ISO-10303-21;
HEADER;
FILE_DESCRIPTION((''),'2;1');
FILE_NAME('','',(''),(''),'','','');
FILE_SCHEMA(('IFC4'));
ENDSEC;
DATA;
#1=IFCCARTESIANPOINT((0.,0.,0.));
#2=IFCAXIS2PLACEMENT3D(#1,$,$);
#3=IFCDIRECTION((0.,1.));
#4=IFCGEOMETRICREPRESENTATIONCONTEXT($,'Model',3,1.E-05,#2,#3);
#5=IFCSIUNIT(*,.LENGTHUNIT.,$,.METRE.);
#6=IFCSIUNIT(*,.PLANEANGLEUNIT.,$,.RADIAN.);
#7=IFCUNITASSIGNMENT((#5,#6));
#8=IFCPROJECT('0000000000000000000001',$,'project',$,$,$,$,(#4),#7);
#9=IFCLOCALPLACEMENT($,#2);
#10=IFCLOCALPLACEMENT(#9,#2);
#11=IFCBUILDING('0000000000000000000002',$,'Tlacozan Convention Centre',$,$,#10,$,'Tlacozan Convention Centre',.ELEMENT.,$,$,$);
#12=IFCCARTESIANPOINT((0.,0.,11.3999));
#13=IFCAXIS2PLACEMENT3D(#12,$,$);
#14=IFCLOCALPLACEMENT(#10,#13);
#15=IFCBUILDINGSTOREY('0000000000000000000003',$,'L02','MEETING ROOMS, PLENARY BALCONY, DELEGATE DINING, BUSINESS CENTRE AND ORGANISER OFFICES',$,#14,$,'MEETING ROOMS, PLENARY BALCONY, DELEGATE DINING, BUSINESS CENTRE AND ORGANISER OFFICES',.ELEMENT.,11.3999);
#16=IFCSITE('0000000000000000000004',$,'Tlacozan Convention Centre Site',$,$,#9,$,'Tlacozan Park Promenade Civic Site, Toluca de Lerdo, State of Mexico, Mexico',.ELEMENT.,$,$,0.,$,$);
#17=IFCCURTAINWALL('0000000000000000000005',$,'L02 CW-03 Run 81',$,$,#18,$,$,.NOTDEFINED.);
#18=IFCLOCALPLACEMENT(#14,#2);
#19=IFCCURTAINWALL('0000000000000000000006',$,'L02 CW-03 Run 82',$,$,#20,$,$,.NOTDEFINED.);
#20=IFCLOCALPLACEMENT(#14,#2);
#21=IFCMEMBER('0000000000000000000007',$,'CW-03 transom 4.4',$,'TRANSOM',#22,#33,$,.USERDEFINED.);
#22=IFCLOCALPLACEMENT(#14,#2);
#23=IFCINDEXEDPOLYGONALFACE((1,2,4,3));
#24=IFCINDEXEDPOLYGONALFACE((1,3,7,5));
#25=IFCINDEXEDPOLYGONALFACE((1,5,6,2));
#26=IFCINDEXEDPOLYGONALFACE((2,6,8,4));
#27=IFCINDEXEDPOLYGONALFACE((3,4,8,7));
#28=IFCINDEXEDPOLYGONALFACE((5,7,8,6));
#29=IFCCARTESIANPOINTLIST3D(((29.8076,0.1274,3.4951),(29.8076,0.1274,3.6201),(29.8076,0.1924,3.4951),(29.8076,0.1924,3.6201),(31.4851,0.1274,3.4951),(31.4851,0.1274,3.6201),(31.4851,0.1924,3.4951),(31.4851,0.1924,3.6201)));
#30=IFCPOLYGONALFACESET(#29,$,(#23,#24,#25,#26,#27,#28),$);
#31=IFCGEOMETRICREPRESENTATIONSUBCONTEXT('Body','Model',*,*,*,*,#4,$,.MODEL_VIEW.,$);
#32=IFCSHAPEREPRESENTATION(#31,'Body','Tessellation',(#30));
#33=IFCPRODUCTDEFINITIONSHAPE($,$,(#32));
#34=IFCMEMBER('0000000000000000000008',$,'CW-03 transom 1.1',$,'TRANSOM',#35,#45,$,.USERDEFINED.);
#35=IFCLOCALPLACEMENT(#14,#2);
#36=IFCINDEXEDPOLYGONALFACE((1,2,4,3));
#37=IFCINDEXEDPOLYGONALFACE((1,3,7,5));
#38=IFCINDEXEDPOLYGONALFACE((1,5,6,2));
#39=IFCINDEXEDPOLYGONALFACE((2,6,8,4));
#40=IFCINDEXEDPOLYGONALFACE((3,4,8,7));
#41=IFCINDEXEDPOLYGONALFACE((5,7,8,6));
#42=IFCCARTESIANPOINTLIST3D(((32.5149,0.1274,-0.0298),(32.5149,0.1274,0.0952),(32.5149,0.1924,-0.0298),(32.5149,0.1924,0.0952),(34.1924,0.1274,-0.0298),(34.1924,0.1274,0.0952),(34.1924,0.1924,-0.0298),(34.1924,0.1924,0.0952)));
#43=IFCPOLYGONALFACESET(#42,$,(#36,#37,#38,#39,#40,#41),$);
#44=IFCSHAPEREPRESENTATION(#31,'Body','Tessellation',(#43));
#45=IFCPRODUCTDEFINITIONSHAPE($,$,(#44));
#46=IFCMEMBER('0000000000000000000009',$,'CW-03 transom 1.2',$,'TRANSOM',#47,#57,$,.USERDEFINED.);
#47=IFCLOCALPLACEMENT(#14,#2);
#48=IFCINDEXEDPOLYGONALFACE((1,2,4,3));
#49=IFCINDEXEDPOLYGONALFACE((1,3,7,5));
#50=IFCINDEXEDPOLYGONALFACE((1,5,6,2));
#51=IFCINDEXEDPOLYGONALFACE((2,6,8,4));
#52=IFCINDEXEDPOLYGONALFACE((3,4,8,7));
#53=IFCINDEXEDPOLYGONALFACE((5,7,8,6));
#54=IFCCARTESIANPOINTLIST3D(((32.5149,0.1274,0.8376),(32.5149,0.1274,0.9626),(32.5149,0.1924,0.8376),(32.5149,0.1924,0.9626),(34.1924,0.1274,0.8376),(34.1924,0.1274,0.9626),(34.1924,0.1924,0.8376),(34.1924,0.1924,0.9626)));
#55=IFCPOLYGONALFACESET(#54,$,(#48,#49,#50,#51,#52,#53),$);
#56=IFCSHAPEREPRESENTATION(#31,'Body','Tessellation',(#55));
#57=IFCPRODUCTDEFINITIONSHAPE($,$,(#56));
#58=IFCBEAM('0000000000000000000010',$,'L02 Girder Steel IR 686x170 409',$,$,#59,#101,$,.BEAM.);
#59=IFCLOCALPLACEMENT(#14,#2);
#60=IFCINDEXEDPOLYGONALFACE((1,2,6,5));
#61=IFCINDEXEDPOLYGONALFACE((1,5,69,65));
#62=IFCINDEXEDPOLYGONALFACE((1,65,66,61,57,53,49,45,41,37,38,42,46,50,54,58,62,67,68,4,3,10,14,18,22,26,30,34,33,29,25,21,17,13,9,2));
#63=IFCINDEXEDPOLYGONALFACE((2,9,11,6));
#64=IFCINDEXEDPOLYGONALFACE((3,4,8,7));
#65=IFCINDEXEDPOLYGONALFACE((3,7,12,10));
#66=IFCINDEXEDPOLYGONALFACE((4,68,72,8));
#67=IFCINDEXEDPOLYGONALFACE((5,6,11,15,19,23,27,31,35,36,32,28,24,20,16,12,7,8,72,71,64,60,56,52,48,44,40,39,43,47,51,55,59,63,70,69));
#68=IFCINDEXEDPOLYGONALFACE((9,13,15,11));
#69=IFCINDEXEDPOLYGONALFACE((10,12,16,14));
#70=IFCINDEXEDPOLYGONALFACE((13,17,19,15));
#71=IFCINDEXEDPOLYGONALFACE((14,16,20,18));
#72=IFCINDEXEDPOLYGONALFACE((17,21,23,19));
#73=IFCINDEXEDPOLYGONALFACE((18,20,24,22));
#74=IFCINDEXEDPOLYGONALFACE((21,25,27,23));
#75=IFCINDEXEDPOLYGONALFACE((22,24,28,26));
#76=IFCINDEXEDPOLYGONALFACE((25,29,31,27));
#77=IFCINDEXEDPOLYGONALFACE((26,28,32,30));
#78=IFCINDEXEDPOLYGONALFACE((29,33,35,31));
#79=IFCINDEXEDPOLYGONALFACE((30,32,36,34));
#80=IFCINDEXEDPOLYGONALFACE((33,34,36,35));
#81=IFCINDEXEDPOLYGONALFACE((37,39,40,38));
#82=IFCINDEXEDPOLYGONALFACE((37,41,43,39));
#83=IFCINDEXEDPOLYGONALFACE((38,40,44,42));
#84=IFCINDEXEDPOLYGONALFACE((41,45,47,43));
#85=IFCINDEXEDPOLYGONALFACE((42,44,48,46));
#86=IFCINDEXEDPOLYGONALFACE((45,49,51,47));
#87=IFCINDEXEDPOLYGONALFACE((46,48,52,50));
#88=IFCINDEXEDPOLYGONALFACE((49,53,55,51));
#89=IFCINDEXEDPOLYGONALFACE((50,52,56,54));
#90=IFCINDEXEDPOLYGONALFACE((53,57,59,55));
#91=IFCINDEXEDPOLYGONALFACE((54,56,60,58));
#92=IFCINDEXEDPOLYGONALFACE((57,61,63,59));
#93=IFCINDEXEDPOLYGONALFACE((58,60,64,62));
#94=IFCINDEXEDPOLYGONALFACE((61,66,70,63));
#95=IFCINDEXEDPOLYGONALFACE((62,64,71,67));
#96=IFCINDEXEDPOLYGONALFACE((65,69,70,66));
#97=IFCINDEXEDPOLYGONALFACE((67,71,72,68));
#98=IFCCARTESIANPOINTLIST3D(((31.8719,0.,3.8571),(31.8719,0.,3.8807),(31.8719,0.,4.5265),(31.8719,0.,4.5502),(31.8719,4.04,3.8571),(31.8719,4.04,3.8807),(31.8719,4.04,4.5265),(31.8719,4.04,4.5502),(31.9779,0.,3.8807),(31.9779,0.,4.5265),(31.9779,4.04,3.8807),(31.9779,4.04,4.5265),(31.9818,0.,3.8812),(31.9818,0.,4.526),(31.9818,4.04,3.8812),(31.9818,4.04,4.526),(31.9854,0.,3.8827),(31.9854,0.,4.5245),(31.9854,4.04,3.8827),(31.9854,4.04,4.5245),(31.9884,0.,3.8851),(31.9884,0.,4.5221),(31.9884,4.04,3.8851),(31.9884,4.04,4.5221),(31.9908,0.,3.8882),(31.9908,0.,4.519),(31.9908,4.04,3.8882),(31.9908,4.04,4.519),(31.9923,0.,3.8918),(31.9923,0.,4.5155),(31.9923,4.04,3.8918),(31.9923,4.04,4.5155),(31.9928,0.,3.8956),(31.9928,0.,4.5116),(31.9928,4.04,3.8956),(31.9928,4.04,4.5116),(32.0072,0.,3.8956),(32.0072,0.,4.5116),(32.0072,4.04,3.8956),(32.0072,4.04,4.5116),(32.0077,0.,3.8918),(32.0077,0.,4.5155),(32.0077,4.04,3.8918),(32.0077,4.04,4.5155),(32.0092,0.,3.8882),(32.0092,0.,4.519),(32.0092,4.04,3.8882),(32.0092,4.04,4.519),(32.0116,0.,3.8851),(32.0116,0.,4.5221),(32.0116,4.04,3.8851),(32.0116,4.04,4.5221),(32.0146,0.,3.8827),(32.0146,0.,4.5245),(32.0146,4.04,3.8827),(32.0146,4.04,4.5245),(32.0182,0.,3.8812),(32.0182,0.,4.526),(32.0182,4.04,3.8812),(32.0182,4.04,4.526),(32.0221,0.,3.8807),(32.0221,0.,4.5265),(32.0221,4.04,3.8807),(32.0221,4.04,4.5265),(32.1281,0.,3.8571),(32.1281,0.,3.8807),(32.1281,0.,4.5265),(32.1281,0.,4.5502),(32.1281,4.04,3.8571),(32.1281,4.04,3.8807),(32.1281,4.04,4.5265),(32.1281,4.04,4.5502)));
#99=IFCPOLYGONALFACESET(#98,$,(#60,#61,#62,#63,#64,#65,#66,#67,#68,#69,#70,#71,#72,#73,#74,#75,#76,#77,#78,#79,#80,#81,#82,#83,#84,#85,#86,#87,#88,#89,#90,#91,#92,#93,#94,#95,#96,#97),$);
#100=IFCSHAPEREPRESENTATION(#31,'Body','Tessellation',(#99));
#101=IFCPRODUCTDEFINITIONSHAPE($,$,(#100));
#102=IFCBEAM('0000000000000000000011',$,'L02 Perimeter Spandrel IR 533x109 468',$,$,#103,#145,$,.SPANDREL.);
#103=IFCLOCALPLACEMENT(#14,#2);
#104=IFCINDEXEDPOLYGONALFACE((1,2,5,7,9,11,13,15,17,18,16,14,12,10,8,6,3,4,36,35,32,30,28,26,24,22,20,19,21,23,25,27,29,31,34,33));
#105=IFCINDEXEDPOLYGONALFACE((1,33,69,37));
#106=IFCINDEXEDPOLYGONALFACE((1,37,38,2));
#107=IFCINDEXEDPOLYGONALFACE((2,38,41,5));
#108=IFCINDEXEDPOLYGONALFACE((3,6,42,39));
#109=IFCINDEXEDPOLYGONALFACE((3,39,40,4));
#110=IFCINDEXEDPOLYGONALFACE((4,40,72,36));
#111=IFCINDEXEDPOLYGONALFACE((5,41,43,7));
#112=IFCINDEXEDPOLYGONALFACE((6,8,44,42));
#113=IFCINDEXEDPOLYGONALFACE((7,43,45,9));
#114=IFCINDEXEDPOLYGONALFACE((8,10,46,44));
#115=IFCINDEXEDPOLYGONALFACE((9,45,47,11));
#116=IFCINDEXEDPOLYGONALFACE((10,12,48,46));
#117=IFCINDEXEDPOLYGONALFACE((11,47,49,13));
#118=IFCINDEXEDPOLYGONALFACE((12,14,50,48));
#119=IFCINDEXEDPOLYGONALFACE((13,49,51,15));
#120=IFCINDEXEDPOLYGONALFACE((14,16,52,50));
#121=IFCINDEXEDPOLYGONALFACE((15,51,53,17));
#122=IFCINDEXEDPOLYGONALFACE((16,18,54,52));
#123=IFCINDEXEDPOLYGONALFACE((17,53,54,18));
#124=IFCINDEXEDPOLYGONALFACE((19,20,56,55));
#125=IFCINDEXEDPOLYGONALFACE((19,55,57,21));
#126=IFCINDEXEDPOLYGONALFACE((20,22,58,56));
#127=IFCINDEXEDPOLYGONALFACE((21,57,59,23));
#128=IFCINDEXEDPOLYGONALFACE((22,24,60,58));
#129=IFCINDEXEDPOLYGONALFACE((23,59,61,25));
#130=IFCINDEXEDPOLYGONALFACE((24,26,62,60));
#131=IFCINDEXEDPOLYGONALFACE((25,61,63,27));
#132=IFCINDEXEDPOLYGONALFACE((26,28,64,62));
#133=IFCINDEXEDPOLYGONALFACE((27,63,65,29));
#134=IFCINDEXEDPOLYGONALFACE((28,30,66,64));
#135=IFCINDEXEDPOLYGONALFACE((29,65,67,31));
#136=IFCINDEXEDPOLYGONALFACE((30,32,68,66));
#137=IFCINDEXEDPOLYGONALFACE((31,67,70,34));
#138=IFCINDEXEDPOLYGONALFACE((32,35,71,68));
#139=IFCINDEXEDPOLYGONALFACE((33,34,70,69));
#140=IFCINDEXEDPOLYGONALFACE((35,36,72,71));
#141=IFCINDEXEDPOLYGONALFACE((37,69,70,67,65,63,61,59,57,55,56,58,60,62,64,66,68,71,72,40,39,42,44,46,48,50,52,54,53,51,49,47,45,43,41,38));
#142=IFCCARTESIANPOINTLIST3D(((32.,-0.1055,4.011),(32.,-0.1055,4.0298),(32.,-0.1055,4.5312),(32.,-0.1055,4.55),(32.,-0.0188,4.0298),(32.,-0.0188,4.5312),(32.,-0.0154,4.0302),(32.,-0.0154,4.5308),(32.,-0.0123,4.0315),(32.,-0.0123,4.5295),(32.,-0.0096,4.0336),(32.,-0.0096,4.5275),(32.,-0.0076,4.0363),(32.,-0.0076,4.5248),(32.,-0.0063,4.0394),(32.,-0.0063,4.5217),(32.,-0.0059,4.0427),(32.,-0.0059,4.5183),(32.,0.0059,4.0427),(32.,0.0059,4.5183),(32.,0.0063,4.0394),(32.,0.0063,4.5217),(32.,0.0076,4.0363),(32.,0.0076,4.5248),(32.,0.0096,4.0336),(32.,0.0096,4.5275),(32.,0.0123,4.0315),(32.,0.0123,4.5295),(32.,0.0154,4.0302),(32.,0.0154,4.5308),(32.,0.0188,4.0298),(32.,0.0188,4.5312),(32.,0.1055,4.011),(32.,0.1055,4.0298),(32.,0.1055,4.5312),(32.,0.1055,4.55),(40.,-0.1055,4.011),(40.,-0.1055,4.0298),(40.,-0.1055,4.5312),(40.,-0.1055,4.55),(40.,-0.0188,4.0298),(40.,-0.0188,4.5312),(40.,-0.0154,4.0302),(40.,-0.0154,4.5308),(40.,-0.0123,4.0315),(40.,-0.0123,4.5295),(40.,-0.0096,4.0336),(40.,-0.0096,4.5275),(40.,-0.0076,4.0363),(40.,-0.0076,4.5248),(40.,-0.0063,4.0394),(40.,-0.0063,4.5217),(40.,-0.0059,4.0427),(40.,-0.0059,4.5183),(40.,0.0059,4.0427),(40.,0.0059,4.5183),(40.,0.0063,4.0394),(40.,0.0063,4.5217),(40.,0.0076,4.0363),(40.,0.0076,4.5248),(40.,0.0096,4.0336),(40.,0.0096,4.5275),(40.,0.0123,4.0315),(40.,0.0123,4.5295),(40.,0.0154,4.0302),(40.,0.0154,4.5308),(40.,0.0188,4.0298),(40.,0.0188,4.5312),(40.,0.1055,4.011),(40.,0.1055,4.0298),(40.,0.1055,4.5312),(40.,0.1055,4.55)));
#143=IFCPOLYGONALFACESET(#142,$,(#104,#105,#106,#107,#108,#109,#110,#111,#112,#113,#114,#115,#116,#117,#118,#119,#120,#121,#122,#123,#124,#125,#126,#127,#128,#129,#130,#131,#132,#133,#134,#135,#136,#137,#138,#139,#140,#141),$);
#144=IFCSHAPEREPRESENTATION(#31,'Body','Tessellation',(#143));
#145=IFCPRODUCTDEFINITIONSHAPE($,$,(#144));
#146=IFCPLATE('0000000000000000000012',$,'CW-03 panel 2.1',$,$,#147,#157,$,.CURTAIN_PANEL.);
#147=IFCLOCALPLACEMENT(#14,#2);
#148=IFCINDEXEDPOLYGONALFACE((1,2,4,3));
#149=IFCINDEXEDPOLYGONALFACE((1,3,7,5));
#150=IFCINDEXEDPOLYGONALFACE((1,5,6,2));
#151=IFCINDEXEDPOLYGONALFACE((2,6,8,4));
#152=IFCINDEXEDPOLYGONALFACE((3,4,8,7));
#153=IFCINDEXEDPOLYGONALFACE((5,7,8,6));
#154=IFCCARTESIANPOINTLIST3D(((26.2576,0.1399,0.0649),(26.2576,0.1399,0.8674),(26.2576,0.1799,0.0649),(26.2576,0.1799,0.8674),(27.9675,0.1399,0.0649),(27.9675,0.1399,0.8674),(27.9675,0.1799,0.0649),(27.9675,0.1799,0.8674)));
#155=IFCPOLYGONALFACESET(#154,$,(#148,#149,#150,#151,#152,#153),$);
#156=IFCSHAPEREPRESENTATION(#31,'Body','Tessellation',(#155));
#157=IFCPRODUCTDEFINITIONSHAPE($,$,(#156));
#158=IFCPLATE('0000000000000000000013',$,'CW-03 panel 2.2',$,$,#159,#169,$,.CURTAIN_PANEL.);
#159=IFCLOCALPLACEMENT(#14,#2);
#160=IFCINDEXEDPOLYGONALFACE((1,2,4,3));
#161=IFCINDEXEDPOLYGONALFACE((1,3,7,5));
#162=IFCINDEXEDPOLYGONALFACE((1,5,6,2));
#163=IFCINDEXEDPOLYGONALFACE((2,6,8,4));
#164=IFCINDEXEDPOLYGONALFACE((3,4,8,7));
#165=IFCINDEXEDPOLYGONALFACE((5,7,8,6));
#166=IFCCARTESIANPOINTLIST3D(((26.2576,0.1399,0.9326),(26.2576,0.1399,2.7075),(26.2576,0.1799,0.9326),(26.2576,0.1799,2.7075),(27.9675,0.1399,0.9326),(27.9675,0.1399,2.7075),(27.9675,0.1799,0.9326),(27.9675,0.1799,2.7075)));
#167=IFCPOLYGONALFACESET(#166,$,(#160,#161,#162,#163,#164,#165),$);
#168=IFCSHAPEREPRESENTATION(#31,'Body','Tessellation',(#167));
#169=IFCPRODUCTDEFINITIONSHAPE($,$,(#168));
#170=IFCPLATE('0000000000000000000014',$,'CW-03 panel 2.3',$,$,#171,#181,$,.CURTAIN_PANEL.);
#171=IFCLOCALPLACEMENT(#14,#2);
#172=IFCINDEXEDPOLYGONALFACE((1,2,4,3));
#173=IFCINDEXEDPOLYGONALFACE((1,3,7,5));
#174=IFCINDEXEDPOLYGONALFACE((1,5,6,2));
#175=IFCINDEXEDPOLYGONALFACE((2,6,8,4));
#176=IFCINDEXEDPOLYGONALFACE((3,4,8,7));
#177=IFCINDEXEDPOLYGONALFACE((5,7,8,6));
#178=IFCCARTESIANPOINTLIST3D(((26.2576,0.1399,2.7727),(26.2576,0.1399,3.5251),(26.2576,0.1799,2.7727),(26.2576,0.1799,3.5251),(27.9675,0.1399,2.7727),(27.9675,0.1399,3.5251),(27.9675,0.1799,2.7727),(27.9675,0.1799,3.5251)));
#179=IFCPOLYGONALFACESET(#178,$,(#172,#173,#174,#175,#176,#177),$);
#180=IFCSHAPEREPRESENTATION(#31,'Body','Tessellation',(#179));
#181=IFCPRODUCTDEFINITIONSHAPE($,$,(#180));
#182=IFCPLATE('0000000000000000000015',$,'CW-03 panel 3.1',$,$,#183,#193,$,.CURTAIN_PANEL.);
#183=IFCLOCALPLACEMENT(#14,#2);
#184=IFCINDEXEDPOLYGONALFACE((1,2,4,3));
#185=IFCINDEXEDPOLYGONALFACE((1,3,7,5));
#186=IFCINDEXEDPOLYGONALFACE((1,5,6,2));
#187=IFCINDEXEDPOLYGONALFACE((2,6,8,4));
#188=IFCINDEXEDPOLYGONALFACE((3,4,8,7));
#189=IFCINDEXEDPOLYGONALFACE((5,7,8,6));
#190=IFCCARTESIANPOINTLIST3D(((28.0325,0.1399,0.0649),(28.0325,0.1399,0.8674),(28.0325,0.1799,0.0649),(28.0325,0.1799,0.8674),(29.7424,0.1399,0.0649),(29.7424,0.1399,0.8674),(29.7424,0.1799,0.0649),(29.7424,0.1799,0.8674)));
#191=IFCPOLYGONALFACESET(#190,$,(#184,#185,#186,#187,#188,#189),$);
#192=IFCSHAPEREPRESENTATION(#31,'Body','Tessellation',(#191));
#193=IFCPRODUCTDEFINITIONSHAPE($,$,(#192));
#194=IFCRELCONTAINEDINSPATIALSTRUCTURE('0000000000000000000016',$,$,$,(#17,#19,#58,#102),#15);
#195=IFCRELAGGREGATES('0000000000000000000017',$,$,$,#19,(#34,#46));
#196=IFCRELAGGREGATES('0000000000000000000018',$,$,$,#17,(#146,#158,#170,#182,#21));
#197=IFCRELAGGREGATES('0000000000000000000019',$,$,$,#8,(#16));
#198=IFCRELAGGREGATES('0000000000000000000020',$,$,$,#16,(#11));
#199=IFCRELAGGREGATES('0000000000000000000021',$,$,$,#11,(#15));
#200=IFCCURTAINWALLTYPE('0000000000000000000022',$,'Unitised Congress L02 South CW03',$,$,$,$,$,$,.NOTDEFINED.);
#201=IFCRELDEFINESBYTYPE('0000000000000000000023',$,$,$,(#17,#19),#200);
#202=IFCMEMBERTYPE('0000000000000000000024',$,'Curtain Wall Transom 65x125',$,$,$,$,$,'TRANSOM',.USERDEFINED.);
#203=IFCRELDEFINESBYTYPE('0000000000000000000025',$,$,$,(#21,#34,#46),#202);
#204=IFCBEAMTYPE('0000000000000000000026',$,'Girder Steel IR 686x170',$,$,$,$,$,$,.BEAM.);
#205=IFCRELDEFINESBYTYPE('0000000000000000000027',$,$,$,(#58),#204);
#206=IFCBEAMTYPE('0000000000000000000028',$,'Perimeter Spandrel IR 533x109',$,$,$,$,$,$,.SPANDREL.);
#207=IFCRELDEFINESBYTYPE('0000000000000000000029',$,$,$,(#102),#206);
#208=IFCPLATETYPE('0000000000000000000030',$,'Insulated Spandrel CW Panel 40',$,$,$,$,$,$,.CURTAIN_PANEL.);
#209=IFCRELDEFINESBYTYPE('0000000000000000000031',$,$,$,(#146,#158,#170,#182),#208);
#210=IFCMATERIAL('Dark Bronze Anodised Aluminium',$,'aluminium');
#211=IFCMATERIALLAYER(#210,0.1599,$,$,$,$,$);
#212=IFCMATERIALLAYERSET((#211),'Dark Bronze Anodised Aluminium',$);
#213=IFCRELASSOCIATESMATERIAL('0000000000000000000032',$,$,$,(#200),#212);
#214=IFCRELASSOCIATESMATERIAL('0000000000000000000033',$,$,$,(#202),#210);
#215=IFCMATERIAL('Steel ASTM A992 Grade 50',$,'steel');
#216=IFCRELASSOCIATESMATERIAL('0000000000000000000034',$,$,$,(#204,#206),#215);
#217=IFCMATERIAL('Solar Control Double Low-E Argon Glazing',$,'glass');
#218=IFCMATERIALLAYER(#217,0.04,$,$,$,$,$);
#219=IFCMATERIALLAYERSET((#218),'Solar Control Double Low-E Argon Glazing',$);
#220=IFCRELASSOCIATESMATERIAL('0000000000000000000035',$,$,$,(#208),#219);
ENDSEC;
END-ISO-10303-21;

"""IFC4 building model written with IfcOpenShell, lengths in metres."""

from ifc_helpers import new_model, si_unit, direction, frame, origin, origin_2d, place, context, subcontext, project, spatial, rectangle, i_section, extrude, material, layer, layer_set, material_profile, profile_set, type_object, element, aggregate, save


model = new_model("IFC4")

# Units and contexts
model_context = context("Model", 3, precision=1e-05, world=origin(), true_north=direction((0.0, 1.0)))
body_context = subcontext(model_context, "Body", "Model", "MODEL_VIEW")
ifc_project = project(units=[si_unit("LENGTHUNIT", "METRE"), si_unit("PLANEANGLEUNIT", "RADIAN")], contexts=[model_context])

# Site, building, storey
site_placement = place(None, origin())
site = spatial("IfcSite", under=ifc_project, at=site_placement, Name="Tlacozan Convention Centre Site", LongName="Tlacozan Park Promenade Civic Site, Toluca de Lerdo, State of Mexico, Mexico", CompositionType="ELEMENT", RefElevation=0.0)
building_placement = place(site_placement, origin())
building = spatial("IfcBuilding", under=site, at=building_placement, Name="Tlacozan Convention Centre", LongName="Tlacozan Convention Centre", CompositionType="ELEMENT")
storey_placement = place(building_placement, frame((0.0, 0.0, 11.3999)))
storey = spatial("IfcBuildingStorey", under=building, at=storey_placement, Name="L02", Description="MEETING ROOMS, PLENARY BALCONY, DELEGATE DINING, BUSINESS CENTRE AND ORGANISER OFFICES", LongName="MEETING ROOMS, PLENARY BALCONY, DELEGATE DINING, BUSINESS CENTRE AND ORGANISER OFFICES", CompositionType="ELEMENT", Elevation=11.3999)

# Curtain wall
ifc_material_1 = material(Name="Dark Bronze Anodised Aluminium", Category="aluminium")
ifc_layer_1 = layer(ifc_material_1, 0.1599)
ifc_layer_set_1 = layer_set([ifc_layer_1], Name="Dark Bronze Anodised Aluminium")
curtain_wall_type = type_object("IfcCurtainWallType", Name="Unitised Congress L02 South CW03", PredefinedType="NOTDEFINED", material=ifc_layer_set_1)
curtain_wall_1_placement = place(storey_placement, origin())
curtain_wall_1 = element("IfcCurtainWall", 1, at=curtain_wall_1_placement, inside=storey, type_object=curtain_wall_type, Name="L02 CW-03 Run 81", PredefinedType="NOTDEFINED")

# Curtain wall
curtain_wall_2_placement = place(storey_placement, origin())
curtain_wall_2 = element("IfcCurtainWall", 2, at=curtain_wall_2_placement, inside=storey, type_object=curtain_wall_type, Name="L02 CW-03 Run 82", PredefinedType="NOTDEFINED")

# Members
ifc_material_profile_1 = material_profile(ifc_material_1, rectangle(XDim=0.0649, YDim=0.125, at=origin_2d()), Name="ALU 65x125")
ifc_profile_set_1 = profile_set([ifc_material_profile_1], Name="Dark Bronze Anodised Aluminium")
member_type_1 = type_object("IfcMemberType", Name="Curtain Wall Transom 65x125", ElementType="TRANSOM", PredefinedType="USERDEFINED", material=ifc_profile_set_1)
member_1_placement = place(storey_placement, frame((29.8076, 0.1599, 3.5576), z_axis=(1.0, 0.0, 0.0), x_axis=(0.0, 1.0, 0.0)))
member_1 = element("IfcMember", 3, at=member_1_placement, type_object=member_type_1, Name="CW-03 transom 4.4", ObjectType="TRANSOM", PredefinedType="USERDEFINED", context=body_context, shape_type="SweptSolid", body=[
    extrude(rectangle(XDim=0.0649, YDim=0.125, at=origin_2d()), origin(), (0.0, 0.0, 1.0), 1.6775),
])
member_2_placement = place(storey_placement, frame((32.5149, 0.1599, 0.0327), z_axis=(1.0, 0.0, 0.0), x_axis=(0.0, 1.0, 0.0)))
member_2 = element("IfcMember", 4, at=member_2_placement, type_object=member_type_1, Name="CW-03 transom 1.1", ObjectType="TRANSOM", PredefinedType="USERDEFINED", context=body_context, shape_type="SweptSolid", body=[
    extrude(rectangle(XDim=0.0649, YDim=0.125, at=origin_2d()), origin(), (0.0, 0.0, 1.0), 1.6775),
])
member_3_placement = place(storey_placement, frame((32.5149, 0.1599, 0.9001), z_axis=(1.0, 0.0, 0.0), x_axis=(0.0, 1.0, 0.0)))
member_3 = element("IfcMember", 5, at=member_3_placement, type_object=member_type_1, Name="CW-03 transom 1.2", ObjectType="TRANSOM", PredefinedType="USERDEFINED", context=body_context, shape_type="SweptSolid", body=[
    extrude(rectangle(XDim=0.0649, YDim=0.125, at=origin_2d()), origin(), (0.0, 0.0, 1.0), 1.6775),
])
aggregate(curtain_wall_2, [member_2, member_3])

# Beams
ifc_material_2 = material(Name="Steel ASTM A992 Grade 50", Category="steel")
ifc_material_profile_2 = material_profile(ifc_material_2, i_section(OverallWidth=0.2561, OverallDepth=0.6931, WebThickness=0.0144, FlangeThickness=0.0237, FilletRadius=0.0149, at=origin_2d()), Name="IR 686x170.0")
ifc_profile_set_2 = profile_set([ifc_material_profile_2], Name="Steel ASTM A992 Grade 50")
beam_type_1 = type_object("IfcBeamType", Name="Girder Steel IR 686x170", PredefinedType="BEAM", material=ifc_profile_set_2)
beam_1_placement = place(storey_placement, frame((32.0, 0.0, 4.2036), z_axis=(0.0, 1.0, 0.0), x_axis=(-1.0, 0.0, 0.0)))
element("IfcBeam", 6, at=beam_1_placement, inside=storey, type_object=beam_type_1, Name="L02 Girder Steel IR 686x170 409", PredefinedType="BEAM", context=body_context, shape_type="SweptSolid", body=[
    extrude(i_section(OverallWidth=0.2561, OverallDepth=0.6931, WebThickness=0.0144, FlangeThickness=0.0237, FilletRadius=0.0149, at=origin_2d()), origin(), (0.0, 0.0, 1.0), 4.04),
])
ifc_material_profile_3 = material_profile(ifc_material_2, i_section(OverallWidth=0.2109, OverallDepth=0.5391, WebThickness=0.0117, FlangeThickness=0.0188, FilletRadius=0.0129, at=origin_2d()), Name="IR 533x109.0")
ifc_profile_set_3 = profile_set([ifc_material_profile_3], Name="Steel ASTM A992 Grade 50")
beam_type_2 = type_object("IfcBeamType", Name="Perimeter Spandrel IR 533x109", PredefinedType="SPANDREL", material=ifc_profile_set_3)
beam_2_placement = place(storey_placement, frame((32.0, 0.0, 4.2805), z_axis=(1.0, 0.0, 0.0), x_axis=(0.0, 1.0, 0.0)))
element("IfcBeam", 7, at=beam_2_placement, inside=storey, type_object=beam_type_2, Name="L02 Perimeter Spandrel IR 533x109 468", PredefinedType="SPANDREL", context=body_context, shape_type="SweptSolid", body=[
    extrude(i_section(OverallWidth=0.2109, OverallDepth=0.5391, WebThickness=0.0117, FlangeThickness=0.0188, FilletRadius=0.0129, at=origin_2d()), origin(), (0.0, 0.0, 1.0), 8.0),
])

# Plates
ifc_material_3 = material(Name="Solar Control Double Low-E Argon Glazing", Category="glass")
ifc_layer_2 = layer(ifc_material_3, 0.04)
ifc_layer_set_2 = layer_set([ifc_layer_2], Name="Solar Control Double Low-E Argon Glazing")
plate_type = type_object("IfcPlateType", Name="Insulated Spandrel CW Panel 40", PredefinedType="CURTAIN_PANEL", material=ifc_layer_set_2)
plate_1_placement = place(storey_placement, frame((27.1125, 0.1599, 0.0649), z_axis=(0.0, 0.0, 1.0), x_axis=(1.0, 0.0, 0.0)))
plate_1 = element("IfcPlate", 8, at=plate_1_placement, type_object=plate_type, Name="CW-03 panel 2.1", PredefinedType="CURTAIN_PANEL", context=body_context, shape_type="SweptSolid", body=[
    extrude(rectangle(XDim=1.71, YDim=0.04, at=origin_2d()), origin(), (0.0, 0.0, 1.0), 0.8025),
])
plate_2_placement = place(storey_placement, frame((27.1125, 0.1599, 0.9326), z_axis=(0.0, 0.0, 1.0), x_axis=(1.0, 0.0, 0.0)))
plate_2 = element("IfcPlate", 9, at=plate_2_placement, type_object=plate_type, Name="CW-03 panel 2.2", PredefinedType="CURTAIN_PANEL", context=body_context, shape_type="SweptSolid", body=[
    extrude(rectangle(XDim=1.71, YDim=0.04, at=origin_2d()), origin(), (0.0, 0.0, 1.0), 1.7749),
])
plate_3_placement = place(storey_placement, frame((27.1125, 0.1599, 2.7727), z_axis=(0.0, 0.0, 1.0), x_axis=(1.0, 0.0, 0.0)))
plate_3 = element("IfcPlate", 10, at=plate_3_placement, type_object=plate_type, Name="CW-03 panel 2.3", PredefinedType="CURTAIN_PANEL", context=body_context, shape_type="SweptSolid", body=[
    extrude(rectangle(XDim=1.71, YDim=0.04, at=origin_2d()), origin(), (0.0, 0.0, 1.0), 0.7524),
])
plate_4_placement = place(storey_placement, frame((28.8875, 0.1599, 0.0649), z_axis=(0.0, 0.0, 1.0), x_axis=(1.0, 0.0, 0.0)))
plate_4 = element("IfcPlate", 11, at=plate_4_placement, type_object=plate_type, Name="CW-03 panel 3.1", PredefinedType="CURTAIN_PANEL", context=body_context, shape_type="SweptSolid", body=[
    extrude(rectangle(XDim=1.71, YDim=0.04, at=origin_2d()), origin(), (0.0, 0.0, 1.0), 0.8025),
])
aggregate(curtain_wall_1, [plate_1, plate_2, plate_3, plate_4, member_1])

save(model, "model.ifc")
